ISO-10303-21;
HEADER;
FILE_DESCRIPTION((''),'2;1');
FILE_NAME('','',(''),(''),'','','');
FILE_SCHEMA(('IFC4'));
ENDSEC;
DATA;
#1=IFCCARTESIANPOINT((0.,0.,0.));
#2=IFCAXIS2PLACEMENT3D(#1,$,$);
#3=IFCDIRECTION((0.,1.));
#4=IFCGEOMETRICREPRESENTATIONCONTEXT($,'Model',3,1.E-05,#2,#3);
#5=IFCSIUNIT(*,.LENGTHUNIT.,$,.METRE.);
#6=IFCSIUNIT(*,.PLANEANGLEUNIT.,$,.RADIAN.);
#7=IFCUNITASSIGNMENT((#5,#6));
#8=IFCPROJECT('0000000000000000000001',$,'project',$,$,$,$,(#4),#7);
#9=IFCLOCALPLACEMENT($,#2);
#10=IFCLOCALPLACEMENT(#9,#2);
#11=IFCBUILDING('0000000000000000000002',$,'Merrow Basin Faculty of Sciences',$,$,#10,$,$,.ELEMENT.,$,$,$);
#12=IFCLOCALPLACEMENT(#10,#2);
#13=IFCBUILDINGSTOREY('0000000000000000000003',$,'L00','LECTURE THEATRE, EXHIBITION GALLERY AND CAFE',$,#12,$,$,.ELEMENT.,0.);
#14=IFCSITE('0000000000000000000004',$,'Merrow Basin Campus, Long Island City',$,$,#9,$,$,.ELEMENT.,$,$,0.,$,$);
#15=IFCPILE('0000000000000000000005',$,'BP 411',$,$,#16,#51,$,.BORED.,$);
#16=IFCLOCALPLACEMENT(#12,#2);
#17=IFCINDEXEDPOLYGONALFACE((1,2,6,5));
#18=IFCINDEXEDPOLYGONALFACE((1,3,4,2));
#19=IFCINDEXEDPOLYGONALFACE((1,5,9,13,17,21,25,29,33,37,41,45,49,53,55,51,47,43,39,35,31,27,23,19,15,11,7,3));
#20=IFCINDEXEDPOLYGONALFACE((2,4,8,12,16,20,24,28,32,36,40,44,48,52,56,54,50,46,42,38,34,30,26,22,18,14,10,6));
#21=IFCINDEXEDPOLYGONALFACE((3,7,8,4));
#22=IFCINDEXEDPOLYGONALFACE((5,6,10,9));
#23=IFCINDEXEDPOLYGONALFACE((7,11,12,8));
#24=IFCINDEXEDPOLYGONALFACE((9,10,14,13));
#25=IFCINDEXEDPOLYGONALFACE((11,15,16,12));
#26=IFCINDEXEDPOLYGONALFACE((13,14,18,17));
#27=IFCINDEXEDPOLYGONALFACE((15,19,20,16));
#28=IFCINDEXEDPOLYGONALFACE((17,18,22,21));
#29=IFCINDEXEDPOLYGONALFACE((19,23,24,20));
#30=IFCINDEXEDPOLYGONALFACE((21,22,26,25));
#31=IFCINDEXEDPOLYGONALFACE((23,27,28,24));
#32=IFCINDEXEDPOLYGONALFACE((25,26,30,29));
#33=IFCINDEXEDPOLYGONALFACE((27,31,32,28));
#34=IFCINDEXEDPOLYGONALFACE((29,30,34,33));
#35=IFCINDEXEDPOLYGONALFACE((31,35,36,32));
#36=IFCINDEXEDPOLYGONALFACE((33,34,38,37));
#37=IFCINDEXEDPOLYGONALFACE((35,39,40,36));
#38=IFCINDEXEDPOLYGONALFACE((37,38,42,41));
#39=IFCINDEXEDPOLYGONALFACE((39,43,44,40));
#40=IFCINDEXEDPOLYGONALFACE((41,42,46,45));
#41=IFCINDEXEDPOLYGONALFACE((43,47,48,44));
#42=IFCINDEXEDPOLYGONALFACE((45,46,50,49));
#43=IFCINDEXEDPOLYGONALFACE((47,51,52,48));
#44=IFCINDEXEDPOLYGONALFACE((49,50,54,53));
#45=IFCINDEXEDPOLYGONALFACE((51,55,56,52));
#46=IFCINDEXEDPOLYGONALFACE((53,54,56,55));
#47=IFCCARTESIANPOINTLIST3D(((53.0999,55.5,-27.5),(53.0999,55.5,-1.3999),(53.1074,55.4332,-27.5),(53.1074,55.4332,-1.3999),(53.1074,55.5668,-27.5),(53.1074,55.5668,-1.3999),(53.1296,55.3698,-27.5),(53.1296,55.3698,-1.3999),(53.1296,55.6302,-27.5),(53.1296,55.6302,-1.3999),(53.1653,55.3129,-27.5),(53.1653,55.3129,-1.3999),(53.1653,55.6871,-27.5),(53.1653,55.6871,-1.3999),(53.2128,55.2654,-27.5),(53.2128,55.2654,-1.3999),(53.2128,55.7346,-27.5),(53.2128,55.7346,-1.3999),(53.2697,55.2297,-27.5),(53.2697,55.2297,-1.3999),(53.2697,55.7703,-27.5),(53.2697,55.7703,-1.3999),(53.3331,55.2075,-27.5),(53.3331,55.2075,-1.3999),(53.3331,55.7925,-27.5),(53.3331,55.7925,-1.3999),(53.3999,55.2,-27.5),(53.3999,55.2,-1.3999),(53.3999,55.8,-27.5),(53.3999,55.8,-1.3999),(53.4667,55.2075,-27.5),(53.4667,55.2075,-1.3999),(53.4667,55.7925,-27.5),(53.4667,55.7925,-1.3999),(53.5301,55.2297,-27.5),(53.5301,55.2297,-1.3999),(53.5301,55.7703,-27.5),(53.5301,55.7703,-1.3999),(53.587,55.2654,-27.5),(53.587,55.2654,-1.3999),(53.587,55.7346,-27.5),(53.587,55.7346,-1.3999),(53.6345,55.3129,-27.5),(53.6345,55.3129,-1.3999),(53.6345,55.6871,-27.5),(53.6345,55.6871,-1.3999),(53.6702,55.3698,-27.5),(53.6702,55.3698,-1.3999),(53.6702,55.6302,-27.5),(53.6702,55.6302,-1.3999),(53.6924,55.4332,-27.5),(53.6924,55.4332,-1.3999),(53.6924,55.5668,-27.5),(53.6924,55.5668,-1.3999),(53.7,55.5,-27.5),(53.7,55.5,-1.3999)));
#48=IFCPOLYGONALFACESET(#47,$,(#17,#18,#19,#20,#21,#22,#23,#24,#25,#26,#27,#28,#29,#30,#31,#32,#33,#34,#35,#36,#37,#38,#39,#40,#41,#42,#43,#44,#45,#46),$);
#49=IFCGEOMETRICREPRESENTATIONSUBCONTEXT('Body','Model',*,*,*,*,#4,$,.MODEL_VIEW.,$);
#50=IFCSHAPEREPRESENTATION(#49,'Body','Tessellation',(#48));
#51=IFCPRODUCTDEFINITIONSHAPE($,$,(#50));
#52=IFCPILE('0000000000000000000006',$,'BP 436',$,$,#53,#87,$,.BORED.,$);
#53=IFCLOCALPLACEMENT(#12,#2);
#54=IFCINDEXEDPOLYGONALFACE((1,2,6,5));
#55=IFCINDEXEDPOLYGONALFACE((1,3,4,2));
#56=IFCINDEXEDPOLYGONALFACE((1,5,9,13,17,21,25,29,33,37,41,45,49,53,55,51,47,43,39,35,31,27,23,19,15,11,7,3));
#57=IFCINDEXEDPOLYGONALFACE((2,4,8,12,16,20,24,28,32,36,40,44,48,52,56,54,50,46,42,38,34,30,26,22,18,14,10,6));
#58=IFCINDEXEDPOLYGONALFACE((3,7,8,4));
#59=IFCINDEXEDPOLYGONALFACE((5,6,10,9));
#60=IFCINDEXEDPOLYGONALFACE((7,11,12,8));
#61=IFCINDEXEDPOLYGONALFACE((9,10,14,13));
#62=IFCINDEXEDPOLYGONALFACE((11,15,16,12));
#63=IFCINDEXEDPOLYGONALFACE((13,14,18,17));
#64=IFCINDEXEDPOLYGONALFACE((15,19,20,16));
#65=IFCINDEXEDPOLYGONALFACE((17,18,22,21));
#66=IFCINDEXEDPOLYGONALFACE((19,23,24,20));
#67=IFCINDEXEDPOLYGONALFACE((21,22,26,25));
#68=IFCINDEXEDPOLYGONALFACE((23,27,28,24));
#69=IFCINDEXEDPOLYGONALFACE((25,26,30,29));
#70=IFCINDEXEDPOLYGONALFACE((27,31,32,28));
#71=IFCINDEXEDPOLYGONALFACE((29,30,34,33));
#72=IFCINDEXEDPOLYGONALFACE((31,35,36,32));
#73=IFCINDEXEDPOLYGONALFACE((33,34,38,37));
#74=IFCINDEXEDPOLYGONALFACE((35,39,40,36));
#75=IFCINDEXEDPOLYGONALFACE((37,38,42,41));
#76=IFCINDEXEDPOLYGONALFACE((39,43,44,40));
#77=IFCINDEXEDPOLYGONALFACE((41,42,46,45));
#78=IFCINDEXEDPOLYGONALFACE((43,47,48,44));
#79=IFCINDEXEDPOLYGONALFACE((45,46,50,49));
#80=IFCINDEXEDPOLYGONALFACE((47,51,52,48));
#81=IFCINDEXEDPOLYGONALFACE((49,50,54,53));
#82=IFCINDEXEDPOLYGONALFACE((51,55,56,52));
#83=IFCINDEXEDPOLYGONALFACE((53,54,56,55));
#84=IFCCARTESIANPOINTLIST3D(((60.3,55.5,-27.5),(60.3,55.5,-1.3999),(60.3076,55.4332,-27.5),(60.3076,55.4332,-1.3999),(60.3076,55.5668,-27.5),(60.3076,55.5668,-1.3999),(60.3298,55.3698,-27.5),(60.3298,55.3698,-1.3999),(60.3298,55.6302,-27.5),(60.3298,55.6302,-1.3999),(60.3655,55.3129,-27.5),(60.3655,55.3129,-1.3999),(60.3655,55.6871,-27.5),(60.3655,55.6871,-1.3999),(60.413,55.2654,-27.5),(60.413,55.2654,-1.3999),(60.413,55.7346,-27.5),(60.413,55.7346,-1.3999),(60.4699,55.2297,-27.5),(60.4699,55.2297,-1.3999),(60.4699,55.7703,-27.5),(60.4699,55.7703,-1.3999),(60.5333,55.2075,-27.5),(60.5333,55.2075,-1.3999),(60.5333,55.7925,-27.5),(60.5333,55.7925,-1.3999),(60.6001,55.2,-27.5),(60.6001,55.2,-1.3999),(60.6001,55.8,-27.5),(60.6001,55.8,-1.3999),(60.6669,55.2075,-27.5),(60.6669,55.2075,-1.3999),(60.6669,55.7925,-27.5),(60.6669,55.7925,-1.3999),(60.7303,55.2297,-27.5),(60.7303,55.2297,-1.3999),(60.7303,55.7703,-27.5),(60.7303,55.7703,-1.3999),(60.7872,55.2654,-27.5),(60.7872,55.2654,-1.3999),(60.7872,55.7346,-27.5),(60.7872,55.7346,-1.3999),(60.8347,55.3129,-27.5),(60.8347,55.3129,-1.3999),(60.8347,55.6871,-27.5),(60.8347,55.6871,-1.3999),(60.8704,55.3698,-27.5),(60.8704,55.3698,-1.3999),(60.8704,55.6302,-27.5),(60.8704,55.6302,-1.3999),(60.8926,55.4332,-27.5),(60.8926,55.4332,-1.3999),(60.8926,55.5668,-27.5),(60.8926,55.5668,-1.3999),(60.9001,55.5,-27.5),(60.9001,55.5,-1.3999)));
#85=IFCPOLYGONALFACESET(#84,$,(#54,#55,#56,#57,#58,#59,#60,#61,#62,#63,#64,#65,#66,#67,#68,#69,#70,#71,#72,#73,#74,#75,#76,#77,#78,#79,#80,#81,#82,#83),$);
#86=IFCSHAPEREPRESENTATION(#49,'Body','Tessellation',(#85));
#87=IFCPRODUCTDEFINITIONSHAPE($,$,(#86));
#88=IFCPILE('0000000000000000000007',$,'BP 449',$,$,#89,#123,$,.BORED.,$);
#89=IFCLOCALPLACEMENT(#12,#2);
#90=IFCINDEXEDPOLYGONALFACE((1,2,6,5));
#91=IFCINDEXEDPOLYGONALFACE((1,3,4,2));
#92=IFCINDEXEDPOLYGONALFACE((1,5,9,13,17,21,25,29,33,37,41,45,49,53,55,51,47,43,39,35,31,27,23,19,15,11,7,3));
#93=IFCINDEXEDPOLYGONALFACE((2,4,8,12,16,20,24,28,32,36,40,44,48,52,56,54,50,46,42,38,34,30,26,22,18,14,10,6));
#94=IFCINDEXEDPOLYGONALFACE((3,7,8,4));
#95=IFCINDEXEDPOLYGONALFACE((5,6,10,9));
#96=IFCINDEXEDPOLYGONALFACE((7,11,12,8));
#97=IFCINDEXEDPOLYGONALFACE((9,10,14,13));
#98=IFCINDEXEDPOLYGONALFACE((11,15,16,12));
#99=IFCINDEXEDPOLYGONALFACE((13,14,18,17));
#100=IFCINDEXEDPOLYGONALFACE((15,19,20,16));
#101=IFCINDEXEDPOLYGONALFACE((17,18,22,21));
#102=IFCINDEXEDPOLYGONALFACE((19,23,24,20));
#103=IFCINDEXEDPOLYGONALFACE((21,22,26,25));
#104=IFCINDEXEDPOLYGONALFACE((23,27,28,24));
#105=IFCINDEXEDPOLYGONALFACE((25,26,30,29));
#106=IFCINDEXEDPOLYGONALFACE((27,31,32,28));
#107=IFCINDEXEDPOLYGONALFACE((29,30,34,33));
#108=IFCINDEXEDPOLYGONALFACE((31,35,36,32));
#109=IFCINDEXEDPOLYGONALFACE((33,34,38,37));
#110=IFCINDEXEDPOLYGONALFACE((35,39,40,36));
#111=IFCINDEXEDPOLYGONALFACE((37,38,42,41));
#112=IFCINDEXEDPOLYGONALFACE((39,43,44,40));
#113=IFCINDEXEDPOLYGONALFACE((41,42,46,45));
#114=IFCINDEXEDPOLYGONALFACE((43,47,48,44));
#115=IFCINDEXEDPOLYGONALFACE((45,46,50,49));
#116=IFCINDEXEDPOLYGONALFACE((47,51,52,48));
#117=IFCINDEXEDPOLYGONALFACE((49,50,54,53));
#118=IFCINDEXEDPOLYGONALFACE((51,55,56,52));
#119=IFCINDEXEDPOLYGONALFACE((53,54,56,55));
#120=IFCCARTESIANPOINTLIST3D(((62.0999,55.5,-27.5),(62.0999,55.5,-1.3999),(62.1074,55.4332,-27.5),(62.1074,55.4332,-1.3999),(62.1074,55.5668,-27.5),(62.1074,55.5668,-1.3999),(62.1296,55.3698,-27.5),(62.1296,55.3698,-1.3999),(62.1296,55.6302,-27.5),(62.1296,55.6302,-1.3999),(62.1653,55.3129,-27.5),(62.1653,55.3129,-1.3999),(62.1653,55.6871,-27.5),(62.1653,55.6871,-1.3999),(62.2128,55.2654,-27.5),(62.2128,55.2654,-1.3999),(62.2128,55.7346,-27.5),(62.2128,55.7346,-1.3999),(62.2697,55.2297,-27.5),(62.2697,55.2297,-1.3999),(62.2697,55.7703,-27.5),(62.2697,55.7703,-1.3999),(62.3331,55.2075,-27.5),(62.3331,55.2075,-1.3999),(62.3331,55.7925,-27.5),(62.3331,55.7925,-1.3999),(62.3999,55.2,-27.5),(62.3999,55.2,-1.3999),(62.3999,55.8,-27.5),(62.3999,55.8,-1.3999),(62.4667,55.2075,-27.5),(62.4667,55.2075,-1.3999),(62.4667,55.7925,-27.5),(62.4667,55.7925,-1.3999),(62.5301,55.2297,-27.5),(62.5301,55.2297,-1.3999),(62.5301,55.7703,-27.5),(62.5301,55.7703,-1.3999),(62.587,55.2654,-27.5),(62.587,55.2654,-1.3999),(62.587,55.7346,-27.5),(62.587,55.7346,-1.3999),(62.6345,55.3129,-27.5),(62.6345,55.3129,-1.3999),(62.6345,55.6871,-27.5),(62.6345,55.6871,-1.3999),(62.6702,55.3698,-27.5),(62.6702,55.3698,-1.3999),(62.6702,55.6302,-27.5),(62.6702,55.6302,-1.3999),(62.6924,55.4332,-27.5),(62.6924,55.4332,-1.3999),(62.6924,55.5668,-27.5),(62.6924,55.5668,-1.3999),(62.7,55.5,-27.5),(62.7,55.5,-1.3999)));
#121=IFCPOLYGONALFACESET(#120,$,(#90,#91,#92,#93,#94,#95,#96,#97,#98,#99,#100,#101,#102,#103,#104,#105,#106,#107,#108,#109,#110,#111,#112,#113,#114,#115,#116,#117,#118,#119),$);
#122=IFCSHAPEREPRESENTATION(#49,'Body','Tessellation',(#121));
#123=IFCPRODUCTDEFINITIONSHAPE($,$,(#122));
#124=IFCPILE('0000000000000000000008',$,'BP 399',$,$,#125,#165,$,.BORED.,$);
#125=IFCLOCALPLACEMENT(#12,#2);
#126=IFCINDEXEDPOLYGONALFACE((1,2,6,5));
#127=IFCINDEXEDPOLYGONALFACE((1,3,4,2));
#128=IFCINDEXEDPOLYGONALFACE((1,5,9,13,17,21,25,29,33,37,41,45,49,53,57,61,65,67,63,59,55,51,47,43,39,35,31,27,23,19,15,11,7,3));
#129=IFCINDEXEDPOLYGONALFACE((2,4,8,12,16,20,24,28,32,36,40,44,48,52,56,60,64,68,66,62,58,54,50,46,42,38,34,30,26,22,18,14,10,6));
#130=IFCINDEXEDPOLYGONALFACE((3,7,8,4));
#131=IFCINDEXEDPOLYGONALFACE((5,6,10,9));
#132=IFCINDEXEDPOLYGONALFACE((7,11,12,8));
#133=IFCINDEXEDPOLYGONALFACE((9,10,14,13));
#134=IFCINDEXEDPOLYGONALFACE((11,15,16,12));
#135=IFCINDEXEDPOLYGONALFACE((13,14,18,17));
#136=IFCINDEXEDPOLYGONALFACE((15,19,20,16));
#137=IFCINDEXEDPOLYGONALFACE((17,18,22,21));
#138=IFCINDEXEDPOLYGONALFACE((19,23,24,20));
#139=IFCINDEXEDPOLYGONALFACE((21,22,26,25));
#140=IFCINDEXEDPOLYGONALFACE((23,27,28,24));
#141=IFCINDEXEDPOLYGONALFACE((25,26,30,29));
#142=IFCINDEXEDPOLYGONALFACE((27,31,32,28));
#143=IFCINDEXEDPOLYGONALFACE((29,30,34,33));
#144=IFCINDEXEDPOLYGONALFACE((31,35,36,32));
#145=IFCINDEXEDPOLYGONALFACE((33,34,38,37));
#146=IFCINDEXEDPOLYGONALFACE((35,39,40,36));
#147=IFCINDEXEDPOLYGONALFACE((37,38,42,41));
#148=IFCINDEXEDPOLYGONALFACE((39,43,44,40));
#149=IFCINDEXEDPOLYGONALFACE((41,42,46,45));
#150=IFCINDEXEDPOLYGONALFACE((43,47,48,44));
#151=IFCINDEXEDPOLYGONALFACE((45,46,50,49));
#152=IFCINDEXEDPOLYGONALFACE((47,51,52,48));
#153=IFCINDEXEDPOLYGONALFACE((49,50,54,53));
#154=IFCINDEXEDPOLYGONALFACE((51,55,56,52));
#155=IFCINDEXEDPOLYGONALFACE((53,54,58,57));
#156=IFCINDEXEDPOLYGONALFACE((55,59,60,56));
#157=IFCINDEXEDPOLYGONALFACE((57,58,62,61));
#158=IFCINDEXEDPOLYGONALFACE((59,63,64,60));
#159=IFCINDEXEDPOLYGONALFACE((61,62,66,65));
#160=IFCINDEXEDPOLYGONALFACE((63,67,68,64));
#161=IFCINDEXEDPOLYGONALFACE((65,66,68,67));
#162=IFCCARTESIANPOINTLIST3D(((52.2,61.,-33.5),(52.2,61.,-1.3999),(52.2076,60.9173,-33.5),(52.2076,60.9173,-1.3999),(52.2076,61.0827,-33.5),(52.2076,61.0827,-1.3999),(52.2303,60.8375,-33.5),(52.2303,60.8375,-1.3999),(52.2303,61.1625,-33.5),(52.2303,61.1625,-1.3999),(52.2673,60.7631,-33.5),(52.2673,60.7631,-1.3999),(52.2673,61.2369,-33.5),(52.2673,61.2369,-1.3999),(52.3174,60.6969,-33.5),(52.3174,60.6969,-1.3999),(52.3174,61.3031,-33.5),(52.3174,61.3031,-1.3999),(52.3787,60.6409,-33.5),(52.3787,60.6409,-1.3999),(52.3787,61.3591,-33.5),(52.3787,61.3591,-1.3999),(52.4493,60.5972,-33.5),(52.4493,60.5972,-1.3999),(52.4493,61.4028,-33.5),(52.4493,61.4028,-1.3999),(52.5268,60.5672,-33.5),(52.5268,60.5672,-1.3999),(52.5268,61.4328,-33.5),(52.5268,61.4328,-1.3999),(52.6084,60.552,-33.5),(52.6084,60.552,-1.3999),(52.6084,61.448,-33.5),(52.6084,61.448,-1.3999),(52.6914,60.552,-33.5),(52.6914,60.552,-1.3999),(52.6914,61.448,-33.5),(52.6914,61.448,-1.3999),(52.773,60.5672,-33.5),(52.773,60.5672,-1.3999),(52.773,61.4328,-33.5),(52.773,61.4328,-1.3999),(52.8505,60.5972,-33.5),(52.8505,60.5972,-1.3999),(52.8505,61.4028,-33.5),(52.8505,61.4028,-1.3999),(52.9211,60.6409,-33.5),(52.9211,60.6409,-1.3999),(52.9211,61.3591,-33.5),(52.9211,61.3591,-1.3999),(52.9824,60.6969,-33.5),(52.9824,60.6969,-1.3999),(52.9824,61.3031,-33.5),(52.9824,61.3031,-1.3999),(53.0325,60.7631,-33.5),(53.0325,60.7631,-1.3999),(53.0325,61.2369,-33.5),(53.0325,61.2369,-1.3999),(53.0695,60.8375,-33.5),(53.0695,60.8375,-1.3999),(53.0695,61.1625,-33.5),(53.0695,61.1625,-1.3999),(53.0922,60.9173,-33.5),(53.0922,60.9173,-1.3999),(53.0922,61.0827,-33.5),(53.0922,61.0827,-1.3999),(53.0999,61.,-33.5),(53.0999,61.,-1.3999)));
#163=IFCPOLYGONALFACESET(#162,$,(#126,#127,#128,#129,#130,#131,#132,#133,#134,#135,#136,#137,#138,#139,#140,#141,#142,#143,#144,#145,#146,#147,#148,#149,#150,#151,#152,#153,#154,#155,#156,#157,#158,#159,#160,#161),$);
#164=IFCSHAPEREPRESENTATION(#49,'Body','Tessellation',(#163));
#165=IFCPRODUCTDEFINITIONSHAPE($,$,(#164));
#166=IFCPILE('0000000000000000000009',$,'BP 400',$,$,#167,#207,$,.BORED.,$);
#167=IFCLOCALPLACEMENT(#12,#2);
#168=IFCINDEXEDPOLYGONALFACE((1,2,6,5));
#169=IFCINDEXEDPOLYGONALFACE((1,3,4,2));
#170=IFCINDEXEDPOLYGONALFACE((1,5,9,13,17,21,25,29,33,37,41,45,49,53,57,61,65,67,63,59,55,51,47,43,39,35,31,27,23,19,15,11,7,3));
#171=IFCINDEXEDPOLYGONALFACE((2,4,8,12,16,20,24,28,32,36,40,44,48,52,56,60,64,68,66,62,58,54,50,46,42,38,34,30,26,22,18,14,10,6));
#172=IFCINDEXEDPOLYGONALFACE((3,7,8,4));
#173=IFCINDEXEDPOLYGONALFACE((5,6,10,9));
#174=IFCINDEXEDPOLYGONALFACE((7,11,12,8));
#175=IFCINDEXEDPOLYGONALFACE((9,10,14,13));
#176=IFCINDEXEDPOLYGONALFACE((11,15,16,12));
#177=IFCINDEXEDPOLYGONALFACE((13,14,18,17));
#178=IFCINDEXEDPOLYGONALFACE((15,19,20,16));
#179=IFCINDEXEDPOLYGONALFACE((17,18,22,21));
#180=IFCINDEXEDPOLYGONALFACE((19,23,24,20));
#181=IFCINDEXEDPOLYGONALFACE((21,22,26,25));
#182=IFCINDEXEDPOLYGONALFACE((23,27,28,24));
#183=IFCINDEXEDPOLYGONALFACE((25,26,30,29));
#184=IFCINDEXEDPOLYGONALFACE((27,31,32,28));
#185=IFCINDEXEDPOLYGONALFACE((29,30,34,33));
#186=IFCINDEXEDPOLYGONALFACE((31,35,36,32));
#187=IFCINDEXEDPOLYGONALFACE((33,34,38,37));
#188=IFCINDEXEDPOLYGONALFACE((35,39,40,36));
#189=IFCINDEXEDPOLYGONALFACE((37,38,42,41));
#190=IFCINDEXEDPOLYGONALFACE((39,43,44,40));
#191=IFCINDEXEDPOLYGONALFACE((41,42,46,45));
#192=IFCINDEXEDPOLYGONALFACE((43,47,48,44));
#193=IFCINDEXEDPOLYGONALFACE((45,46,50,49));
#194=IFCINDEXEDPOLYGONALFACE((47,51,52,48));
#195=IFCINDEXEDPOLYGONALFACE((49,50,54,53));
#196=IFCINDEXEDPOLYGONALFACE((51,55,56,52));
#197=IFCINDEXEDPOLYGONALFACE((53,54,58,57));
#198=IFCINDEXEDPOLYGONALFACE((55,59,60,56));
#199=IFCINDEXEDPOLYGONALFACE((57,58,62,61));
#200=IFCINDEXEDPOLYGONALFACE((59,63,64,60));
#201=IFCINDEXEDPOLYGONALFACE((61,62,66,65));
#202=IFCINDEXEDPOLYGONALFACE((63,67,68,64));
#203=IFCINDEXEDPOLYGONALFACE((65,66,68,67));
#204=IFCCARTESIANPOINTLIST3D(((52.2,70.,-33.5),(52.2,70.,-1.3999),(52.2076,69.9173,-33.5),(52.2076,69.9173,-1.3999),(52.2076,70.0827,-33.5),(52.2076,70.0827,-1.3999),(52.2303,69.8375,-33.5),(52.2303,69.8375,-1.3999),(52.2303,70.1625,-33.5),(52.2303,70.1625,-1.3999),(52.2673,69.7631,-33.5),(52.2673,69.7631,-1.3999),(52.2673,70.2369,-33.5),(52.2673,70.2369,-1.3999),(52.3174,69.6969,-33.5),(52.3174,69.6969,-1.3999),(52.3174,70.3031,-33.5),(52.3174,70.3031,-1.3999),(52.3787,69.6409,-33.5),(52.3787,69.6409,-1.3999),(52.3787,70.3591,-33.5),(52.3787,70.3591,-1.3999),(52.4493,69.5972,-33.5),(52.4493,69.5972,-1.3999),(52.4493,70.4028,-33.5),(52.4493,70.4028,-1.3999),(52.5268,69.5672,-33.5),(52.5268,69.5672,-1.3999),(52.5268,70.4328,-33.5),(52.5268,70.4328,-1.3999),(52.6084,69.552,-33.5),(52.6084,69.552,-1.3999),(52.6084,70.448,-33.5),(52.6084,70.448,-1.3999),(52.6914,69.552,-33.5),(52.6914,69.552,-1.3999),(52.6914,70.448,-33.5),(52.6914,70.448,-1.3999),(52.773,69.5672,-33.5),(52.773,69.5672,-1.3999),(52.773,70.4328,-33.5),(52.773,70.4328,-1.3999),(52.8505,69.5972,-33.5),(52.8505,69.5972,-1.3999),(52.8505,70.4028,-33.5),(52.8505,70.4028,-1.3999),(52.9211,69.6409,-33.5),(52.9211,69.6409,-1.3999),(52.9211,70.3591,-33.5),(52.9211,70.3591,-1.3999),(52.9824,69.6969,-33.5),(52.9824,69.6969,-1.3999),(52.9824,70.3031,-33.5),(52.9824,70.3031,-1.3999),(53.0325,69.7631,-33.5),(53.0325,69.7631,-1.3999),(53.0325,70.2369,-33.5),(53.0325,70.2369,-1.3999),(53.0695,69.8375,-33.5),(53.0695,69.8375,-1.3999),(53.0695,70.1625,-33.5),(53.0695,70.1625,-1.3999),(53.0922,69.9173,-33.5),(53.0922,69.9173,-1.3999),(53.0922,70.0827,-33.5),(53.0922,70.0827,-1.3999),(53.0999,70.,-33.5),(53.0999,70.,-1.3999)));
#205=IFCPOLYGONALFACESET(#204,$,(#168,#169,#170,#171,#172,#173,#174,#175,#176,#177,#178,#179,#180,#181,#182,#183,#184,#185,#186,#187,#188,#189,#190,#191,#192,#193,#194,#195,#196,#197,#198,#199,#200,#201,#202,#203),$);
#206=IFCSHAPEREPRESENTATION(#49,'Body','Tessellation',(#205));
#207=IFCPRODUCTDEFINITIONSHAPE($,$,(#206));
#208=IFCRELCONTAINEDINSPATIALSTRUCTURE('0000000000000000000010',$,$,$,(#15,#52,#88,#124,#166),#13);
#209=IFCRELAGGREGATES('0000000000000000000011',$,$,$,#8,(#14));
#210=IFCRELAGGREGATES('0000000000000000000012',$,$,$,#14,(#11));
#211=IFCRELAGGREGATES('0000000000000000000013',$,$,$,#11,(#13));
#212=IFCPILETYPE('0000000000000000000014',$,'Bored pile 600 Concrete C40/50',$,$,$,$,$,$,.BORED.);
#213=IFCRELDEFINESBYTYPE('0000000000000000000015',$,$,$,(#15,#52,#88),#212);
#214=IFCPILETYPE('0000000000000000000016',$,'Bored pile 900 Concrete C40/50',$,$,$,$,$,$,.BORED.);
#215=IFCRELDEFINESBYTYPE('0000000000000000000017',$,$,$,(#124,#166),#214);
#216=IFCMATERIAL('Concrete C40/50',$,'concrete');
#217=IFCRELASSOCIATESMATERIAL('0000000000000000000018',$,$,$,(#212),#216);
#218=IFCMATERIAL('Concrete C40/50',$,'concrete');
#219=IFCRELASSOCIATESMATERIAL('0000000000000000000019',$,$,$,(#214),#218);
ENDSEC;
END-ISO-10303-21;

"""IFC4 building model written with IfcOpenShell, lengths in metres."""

from ifc_helpers import new_model, si_unit, direction, frame, origin, origin_2d, place, context, subcontext, project, spatial, circle, extrude, material, material_profile, profile_set, type_object, element, save


model = new_model("IFC4")

# Units and contexts
model_context = context("Model", 3, precision=1e-05, world=origin(), true_north=direction((0.0, 1.0)))
body_context = subcontext(model_context, "Body", "Model", "MODEL_VIEW")
ifc_project = project(units=[si_unit("LENGTHUNIT", "METRE"), si_unit("PLANEANGLEUNIT", "RADIAN")], contexts=[model_context])

# Site, building, storey
site_placement = place(None, origin())
site = spatial("IfcSite", under=ifc_project, at=site_placement, Name="Merrow Basin Campus, Long Island City", CompositionType="ELEMENT", RefElevation=0.0)
building_placement = place(site_placement, origin())
building = spatial("IfcBuilding", under=site, at=building_placement, Name="Merrow Basin Faculty of Sciences", CompositionType="ELEMENT")
storey_placement = place(building_placement, origin())
storey = spatial("IfcBuildingStorey", under=building, at=storey_placement, Name="L00", Description="LECTURE THEATRE, EXHIBITION GALLERY AND CAFE", CompositionType="ELEMENT", Elevation=0.0)

# Piles
ifc_material_1 = material(Name="Concrete C40/50", Category="concrete")
ifc_material_profile_1 = material_profile(ifc_material_1, circle(Radius=0.3, at=origin_2d()))
ifc_profile_set_1 = profile_set([ifc_material_profile_1], Name="Concrete C40/50")
pile_type_1 = type_object("IfcPileType", Name="Bored pile 600 Concrete C40/50", PredefinedType="BORED", material=ifc_profile_set_1)
for number, where, z_axis, x_axis, name in (
    (1, (53.3999, 55.5, -1.3999), (0.0, 0.0, -1.0), (1.0, 0.0, 0.0), "BP 411"),
    (2, (60.6001, 55.5, -1.3999), (0.0, 0.0, -1.0), (1.0, 0.0, 0.0), "BP 436"),
    (3, (62.3999, 55.5, -1.3999), (0.0, 0.0, -1.0), (1.0, 0.0, 0.0), "BP 449"),
):
    element("IfcPile", number, at=place(storey_placement, frame(where, z_axis=z_axis, x_axis=x_axis)), inside=storey, type_object=pile_type_1, Name=name, PredefinedType="BORED", context=body_context, shape_type="SweptSolid", body=[
        extrude(circle(Radius=0.3, at=origin_2d()), origin(), (0.0, 0.0, 1.0), 26.1001),
    ])
ifc_material_2 = material(Name="Concrete C40/50", Category="concrete")
ifc_material_profile_2 = material_profile(ifc_material_2, circle(Radius=0.45, at=origin_2d()))
ifc_profile_set_2 = profile_set([ifc_material_profile_2], Name="Concrete C40/50")
pile_type_2 = type_object("IfcPileType", Name="Bored pile 900 Concrete C40/50", PredefinedType="BORED", material=ifc_profile_set_2)
for number, where, z_axis, x_axis, name in (
    (4, (52.6499, 61.0, -1.3999), (0.0, 0.0, -1.0), (1.0, 0.0, 0.0), "BP 399"),
    (5, (52.6499, 70.0, -1.3999), (0.0, 0.0, -1.0), (1.0, 0.0, 0.0), "BP 400"),
):
    element("IfcPile", number, at=place(storey_placement, frame(where, z_axis=z_axis, x_axis=x_axis)), inside=storey, type_object=pile_type_2, Name=name, PredefinedType="BORED", context=body_context, shape_type="SweptSolid", body=[
        extrude(circle(Radius=0.45, at=origin_2d()), origin(), (0.0, 0.0, 1.0), 32.1001),
    ])

save(model, "model.ifc")
